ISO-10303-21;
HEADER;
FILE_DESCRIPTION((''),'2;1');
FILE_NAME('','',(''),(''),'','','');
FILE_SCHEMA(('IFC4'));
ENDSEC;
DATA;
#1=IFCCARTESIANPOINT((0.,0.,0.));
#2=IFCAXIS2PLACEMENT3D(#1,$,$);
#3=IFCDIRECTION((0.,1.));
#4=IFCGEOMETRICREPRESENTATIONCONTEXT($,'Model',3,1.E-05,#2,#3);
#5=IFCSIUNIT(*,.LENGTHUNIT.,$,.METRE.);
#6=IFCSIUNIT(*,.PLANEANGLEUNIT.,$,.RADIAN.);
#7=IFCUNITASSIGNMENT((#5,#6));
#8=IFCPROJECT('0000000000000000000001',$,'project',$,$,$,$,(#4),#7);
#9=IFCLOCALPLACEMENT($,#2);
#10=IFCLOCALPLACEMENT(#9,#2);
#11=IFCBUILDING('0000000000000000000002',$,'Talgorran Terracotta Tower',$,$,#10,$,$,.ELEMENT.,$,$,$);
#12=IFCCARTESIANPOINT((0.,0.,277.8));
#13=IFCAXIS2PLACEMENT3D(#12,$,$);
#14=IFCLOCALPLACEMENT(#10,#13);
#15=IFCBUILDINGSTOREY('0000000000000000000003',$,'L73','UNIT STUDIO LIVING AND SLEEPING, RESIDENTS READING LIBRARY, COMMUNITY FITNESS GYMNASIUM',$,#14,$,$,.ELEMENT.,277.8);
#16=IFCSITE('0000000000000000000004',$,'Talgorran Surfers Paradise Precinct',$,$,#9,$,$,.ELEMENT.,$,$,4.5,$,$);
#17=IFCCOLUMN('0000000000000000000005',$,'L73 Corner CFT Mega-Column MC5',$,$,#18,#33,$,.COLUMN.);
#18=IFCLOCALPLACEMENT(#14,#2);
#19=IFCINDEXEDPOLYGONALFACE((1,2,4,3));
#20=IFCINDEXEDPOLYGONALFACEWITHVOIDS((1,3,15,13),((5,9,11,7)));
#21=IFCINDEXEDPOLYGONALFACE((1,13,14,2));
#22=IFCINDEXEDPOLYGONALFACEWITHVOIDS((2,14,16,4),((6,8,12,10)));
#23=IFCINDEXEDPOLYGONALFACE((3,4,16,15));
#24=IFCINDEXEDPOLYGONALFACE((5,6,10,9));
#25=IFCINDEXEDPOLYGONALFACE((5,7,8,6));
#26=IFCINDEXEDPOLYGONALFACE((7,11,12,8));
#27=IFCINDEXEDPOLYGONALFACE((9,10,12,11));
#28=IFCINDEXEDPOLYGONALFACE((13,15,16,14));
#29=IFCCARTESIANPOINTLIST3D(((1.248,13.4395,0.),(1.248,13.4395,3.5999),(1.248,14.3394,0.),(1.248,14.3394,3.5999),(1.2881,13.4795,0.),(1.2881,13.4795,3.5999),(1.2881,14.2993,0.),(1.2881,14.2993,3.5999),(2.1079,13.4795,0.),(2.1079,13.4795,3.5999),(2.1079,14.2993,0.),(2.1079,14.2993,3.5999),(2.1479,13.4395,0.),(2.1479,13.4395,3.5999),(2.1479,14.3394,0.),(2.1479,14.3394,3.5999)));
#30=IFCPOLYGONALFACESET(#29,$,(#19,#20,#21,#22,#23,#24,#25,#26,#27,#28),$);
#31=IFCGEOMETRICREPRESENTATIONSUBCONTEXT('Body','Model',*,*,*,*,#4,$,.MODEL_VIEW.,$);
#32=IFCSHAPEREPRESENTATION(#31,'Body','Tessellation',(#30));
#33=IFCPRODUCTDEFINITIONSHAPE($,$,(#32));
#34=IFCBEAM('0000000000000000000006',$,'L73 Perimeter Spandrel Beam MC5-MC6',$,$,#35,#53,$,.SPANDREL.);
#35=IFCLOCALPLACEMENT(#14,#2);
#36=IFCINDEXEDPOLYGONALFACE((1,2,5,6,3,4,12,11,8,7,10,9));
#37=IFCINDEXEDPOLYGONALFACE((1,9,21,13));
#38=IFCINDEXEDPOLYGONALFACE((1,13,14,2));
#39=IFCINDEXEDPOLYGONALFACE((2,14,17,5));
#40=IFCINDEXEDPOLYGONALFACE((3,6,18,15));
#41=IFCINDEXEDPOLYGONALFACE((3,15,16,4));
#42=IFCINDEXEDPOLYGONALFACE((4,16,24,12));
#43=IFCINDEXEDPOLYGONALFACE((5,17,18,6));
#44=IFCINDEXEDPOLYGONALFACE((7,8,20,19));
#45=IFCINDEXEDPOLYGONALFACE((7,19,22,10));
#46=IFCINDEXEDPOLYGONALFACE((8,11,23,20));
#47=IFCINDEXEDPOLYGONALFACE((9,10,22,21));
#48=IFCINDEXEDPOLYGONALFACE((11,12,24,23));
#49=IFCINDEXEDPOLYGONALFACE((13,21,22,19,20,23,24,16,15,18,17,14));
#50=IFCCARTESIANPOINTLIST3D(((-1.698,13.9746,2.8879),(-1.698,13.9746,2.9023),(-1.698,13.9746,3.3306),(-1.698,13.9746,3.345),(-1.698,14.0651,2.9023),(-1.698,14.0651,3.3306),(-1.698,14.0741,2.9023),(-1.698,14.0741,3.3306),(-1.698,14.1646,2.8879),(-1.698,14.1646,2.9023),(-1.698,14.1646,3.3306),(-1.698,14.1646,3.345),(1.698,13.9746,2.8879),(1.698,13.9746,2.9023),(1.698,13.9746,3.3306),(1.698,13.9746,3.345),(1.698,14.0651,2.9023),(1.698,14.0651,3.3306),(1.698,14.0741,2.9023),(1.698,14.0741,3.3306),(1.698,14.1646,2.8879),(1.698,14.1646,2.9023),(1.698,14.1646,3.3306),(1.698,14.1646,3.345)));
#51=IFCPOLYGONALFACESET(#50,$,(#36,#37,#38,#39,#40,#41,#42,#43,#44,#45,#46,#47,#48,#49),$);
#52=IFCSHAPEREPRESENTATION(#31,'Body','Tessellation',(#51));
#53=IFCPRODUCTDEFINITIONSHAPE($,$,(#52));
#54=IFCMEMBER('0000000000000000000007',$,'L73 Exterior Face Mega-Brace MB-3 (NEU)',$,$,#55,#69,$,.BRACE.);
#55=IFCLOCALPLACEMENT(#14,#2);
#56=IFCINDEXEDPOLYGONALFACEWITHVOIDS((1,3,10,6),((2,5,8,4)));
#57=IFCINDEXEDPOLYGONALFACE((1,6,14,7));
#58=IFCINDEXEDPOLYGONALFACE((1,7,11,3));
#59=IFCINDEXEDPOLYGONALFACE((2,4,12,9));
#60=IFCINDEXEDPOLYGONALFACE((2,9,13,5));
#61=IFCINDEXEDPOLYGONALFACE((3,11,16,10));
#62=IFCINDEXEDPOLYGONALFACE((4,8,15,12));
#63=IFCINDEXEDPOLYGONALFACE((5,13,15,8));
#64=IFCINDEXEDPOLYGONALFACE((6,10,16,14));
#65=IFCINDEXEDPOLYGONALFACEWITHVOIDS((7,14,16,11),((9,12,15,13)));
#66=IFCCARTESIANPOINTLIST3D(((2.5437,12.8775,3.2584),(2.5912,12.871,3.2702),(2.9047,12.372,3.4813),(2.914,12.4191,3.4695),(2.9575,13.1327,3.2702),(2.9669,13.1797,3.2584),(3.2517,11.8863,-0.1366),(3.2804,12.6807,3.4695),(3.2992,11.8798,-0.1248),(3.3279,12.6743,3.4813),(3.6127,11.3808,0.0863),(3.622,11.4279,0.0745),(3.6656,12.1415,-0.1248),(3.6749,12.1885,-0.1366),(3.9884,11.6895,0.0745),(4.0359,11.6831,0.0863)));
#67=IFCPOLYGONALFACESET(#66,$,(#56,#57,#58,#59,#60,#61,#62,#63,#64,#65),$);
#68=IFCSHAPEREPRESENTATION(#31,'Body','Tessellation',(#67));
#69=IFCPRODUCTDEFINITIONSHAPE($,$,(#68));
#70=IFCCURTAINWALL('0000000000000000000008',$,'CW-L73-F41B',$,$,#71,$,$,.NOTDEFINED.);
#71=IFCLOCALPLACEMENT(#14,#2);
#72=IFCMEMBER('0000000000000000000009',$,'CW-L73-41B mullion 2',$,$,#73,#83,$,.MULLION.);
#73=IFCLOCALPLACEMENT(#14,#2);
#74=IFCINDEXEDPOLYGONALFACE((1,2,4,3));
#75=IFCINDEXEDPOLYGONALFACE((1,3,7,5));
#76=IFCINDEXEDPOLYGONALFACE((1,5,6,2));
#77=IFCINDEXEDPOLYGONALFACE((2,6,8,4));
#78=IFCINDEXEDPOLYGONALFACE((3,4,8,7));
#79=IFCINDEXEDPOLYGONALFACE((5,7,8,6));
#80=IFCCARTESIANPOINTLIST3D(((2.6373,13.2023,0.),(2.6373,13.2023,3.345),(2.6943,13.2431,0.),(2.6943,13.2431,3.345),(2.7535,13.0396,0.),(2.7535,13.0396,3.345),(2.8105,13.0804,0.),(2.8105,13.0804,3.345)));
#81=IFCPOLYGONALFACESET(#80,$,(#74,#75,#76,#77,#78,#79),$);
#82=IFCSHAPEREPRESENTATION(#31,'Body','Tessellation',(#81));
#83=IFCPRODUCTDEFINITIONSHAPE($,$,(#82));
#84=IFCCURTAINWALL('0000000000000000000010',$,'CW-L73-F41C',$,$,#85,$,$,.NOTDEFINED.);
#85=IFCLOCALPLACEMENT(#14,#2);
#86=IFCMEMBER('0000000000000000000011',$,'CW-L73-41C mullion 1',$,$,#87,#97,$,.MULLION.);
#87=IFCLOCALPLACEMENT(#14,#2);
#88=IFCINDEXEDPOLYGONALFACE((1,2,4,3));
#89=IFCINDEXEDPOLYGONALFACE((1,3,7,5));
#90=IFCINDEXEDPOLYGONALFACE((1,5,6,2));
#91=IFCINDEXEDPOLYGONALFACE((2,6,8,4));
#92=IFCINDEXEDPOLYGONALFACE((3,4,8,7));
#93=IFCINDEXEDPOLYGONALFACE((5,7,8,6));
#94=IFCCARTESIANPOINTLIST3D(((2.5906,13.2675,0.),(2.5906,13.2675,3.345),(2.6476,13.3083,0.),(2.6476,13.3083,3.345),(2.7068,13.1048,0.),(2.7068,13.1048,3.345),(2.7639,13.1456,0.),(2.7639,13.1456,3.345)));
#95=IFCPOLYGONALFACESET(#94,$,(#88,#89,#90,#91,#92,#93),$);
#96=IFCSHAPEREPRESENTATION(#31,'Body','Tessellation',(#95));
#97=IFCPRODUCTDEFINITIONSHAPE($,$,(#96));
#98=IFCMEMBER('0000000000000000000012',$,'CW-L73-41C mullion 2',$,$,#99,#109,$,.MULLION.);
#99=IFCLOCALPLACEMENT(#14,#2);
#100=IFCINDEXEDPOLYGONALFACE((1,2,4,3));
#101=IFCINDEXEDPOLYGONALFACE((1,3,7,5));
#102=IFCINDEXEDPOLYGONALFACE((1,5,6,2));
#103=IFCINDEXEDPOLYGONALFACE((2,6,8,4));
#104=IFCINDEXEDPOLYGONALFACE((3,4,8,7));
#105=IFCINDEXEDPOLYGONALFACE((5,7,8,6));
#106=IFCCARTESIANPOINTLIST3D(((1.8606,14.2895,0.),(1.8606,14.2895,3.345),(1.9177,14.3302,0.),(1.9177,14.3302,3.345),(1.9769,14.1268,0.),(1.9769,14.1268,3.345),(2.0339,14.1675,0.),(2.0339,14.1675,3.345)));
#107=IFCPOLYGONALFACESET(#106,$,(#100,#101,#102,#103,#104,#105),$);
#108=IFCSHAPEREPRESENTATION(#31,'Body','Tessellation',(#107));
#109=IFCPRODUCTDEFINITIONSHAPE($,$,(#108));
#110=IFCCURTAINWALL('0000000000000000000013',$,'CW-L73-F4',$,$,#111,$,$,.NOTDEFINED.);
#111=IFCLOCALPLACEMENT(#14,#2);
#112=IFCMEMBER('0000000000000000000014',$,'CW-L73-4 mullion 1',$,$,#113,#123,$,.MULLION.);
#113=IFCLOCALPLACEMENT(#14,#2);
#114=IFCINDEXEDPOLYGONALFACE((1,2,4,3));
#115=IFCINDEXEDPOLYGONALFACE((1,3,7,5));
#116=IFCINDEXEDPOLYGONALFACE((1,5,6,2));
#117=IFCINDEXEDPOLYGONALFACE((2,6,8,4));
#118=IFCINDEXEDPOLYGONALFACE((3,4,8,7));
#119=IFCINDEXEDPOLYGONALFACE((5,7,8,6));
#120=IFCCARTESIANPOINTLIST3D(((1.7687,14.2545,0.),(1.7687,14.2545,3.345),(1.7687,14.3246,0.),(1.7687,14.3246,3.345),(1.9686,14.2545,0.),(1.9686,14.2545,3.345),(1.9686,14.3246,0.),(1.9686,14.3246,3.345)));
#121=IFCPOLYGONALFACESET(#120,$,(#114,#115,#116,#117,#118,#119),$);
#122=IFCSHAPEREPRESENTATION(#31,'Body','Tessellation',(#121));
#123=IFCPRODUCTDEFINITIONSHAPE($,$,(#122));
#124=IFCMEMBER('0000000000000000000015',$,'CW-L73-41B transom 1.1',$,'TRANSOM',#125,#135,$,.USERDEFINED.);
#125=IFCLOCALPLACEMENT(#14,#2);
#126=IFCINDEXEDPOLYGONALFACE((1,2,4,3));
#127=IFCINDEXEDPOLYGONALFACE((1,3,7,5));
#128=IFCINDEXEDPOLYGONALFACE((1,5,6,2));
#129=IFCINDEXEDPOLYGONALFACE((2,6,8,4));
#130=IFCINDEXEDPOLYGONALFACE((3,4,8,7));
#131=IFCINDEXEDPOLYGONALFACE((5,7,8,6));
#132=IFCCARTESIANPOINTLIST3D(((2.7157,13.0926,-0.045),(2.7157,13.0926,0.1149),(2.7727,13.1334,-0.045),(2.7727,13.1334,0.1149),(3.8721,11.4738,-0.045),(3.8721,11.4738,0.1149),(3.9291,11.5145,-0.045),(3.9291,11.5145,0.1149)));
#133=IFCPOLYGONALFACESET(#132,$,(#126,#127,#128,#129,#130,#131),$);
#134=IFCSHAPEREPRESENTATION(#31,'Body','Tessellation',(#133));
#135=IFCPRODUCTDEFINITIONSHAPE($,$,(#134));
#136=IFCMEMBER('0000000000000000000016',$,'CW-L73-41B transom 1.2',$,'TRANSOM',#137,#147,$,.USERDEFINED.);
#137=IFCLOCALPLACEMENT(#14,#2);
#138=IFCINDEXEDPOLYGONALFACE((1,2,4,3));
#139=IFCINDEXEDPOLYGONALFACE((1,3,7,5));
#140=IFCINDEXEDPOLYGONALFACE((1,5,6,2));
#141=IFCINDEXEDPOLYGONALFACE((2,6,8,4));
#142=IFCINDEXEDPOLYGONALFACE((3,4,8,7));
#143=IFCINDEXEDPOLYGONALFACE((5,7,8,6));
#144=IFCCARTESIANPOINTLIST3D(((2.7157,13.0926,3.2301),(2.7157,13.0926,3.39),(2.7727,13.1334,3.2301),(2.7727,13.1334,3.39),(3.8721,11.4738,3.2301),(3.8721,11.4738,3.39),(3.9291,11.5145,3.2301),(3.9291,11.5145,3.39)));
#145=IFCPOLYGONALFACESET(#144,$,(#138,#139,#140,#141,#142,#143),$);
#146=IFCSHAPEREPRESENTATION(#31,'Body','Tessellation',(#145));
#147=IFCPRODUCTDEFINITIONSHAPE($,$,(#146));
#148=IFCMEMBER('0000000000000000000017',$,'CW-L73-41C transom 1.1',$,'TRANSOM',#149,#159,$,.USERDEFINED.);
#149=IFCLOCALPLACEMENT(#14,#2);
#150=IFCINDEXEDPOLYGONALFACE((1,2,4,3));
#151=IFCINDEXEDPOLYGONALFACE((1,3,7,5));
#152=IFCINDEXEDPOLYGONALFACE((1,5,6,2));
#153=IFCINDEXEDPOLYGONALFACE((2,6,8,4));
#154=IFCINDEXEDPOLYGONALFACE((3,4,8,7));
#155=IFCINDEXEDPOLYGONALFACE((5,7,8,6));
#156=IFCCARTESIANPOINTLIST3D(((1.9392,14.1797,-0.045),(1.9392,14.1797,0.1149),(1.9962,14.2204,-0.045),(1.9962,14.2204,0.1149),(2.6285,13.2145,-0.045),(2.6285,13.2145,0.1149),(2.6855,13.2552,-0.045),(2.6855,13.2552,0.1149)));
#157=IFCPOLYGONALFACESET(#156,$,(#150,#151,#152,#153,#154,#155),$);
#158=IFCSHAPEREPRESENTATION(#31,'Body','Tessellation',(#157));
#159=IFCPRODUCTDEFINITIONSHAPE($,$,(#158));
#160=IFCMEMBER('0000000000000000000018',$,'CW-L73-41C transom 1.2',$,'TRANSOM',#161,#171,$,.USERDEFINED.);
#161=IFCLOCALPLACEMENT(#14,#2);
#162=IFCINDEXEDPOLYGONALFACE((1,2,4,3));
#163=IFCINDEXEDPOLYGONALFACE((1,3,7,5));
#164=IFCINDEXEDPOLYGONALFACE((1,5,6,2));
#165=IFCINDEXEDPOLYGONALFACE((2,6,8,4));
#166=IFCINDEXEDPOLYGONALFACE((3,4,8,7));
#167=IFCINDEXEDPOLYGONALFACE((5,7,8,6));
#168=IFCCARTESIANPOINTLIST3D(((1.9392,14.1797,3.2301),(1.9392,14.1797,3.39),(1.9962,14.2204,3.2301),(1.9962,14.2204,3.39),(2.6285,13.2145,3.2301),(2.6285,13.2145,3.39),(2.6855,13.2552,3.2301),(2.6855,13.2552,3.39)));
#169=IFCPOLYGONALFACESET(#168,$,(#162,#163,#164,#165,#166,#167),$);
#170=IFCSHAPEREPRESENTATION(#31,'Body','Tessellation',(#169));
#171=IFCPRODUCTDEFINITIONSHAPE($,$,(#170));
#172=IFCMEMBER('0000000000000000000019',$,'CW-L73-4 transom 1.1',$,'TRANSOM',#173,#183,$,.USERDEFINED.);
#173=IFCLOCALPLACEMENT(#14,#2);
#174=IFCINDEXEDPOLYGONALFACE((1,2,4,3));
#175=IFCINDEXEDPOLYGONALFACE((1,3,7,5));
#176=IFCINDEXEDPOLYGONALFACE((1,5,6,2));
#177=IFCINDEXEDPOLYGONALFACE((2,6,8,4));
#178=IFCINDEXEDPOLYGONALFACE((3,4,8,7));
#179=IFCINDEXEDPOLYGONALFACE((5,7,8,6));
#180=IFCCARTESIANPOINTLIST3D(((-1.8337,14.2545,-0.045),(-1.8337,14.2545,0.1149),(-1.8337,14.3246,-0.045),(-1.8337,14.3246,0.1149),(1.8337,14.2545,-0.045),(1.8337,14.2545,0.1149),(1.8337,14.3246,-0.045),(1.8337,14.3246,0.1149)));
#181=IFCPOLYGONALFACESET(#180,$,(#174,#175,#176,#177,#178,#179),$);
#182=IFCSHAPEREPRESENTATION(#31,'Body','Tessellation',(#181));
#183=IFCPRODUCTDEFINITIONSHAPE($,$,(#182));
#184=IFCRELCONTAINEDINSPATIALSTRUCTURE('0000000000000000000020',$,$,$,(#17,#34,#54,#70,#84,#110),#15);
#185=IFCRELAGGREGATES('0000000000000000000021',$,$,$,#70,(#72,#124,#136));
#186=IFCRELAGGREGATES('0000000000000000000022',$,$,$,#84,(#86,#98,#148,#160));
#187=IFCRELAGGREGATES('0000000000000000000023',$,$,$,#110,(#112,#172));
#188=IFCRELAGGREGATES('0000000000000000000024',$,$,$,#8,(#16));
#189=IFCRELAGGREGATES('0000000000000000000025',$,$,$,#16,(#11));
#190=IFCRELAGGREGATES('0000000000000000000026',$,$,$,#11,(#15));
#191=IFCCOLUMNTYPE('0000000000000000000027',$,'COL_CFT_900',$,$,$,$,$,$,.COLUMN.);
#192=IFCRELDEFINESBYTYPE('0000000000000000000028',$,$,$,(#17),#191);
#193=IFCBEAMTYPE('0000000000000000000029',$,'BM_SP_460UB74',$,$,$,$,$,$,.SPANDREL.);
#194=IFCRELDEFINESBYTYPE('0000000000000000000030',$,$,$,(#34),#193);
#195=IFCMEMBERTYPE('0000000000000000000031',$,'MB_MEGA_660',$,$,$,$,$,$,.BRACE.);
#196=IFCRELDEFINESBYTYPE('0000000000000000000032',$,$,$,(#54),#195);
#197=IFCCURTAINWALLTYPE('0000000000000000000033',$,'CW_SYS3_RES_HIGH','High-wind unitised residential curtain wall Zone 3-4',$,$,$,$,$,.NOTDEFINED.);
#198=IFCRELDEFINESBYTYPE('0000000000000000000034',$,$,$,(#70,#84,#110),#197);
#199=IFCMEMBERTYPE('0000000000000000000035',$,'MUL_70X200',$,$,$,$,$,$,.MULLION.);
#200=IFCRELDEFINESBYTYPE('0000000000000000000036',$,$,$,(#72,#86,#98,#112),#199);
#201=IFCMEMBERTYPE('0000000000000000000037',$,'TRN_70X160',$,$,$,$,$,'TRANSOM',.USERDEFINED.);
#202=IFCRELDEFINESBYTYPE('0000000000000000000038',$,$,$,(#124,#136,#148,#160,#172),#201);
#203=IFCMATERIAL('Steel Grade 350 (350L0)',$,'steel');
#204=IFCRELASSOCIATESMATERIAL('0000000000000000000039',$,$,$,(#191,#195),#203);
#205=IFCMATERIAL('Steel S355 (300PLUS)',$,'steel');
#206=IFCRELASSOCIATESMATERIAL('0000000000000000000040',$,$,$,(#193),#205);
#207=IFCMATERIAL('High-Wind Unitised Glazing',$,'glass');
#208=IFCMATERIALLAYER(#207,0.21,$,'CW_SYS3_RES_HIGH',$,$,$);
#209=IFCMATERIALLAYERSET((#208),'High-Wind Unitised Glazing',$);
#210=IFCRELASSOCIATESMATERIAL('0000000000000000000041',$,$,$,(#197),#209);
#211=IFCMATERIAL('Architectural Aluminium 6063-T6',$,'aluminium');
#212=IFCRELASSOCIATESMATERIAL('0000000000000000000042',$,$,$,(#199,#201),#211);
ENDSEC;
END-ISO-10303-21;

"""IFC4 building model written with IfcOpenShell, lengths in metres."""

from ifc_helpers import new_model, si_unit, direction, frame, origin, origin_2d, place, context, subcontext, project, spatial, rectangle, hollow_rectangle, i_section, extrude, material, layer, layer_set, material_profile, profile_set, type_object, element, aggregate, save


model = new_model("IFC4")

# Units and contexts
model_context = context("Model", 3, precision=1e-05, world=origin(), true_north=direction((0.0, 1.0)))
body_context = subcontext(model_context, "Body", "Model", "MODEL_VIEW")
ifc_project = project(units=[si_unit("LENGTHUNIT", "METRE"), si_unit("PLANEANGLEUNIT", "RADIAN")], contexts=[model_context])

# Site, building, storey
site_placement = place(None, origin())
site = spatial("IfcSite", under=ifc_project, at=site_placement, Name="Talgorran Surfers Paradise Precinct", CompositionType="ELEMENT", RefElevation=4.5)
building_placement = place(site_placement, origin())
building = spatial("IfcBuilding", under=site, at=building_placement, Name="Talgorran Terracotta Tower", CompositionType="ELEMENT")
storey_placement = place(building_placement, frame((0.0, 0.0, 277.8)))
storey = spatial("IfcBuildingStorey", under=building, at=storey_placement, Name="L73", Description="UNIT STUDIO LIVING AND SLEEPING, RESIDENTS READING LIBRARY, COMMUNITY FITNESS GYMNASIUM", CompositionType="ELEMENT", Elevation=277.8)

# Column
ifc_material_1 = material(Name="Steel Grade 350 (350L0)", Category="steel")
ifc_material_profile_1 = material_profile(ifc_material_1, hollow_rectangle(XDim=0.8999, YDim=0.8999, WallThickness=0.04, at=origin_2d()), Name="CFT900X900X40")
ifc_profile_set_1 = profile_set([ifc_material_profile_1], Name="Steel Grade 350 (350L0)")
column_type = type_object("IfcColumnType", Name="COL_CFT_900", PredefinedType="COLUMN", material=ifc_profile_set_1)
column_placement = place(storey_placement, frame((1.698, 13.8894, 0.0), z_axis=(0.0, 0.0, 1.0), x_axis=(1.0, 0.0, 0.0)))
element("IfcColumn", 1, at=column_placement, inside=storey, type_object=column_type, Name="L73 Corner CFT Mega-Column MC5", PredefinedType="COLUMN", context=body_context, shape_type="SweptSolid", body=[
    extrude(hollow_rectangle(XDim=0.8999, YDim=0.8999, WallThickness=0.04, at=origin_2d()), origin(), (0.0, 0.0, 1.0), 3.5999),
])

# Beam
ifc_material_2 = material(Name="Steel S355 (300PLUS)", Category="steel")
ifc_material_profile_2 = material_profile(ifc_material_2, i_section(OverallWidth=0.1899, OverallDepth=0.457, WebThickness=0.009, FlangeThickness=0.0144, at=origin_2d()), Name="460UB74.6")
ifc_profile_set_2 = profile_set([ifc_material_profile_2], Name="Steel S355 (300PLUS)")
beam_type = type_object("IfcBeamType", Name="BM_SP_460UB74", PredefinedType="SPANDREL", material=ifc_profile_set_2)
beam_placement = place(storey_placement, frame((1.698, 14.0696, 3.1165), z_axis=(-1.0, 0.0, 0.0), x_axis=(0.0, -1.0, 0.0)))
element("IfcBeam", 2, at=beam_placement, inside=storey, type_object=beam_type, Name="L73 Perimeter Spandrel Beam MC5-MC6", PredefinedType="SPANDREL", context=body_context, shape_type="SweptSolid", body=[
    extrude(i_section(OverallWidth=0.1899, OverallDepth=0.457, WebThickness=0.009, FlangeThickness=0.0144, at=origin_2d()), origin(), (0.0, 0.0, 1.0), 3.396),
])

# Member
ifc_material_profile_3 = material_profile(ifc_material_1, hollow_rectangle(XDim=0.52, YDim=0.6599, WallThickness=0.0349, at=origin_2d()), Name="WBOX660X520X35")
ifc_profile_set_3 = profile_set([ifc_material_profile_3], Name="Steel Grade 350 (350L0)")
member_type_1 = type_object("IfcMemberType", Name="MB_MEGA_660", PredefinedType="BRACE", material=ifc_profile_set_3)
member_1_placement = place(storey_placement, frame((3.6438, 11.7847, -0.0251), z_axis=(-0.196291, 0.274807, 0.94125), x_axis=(-0.813733, -0.581238, 0.0)))
element("IfcMember", 3, at=member_1_placement, inside=storey, type_object=member_type_1, Name="L73 Exterior Face Mega-Brace MB-3 (NEU)", PredefinedType="BRACE", context=body_context, shape_type="SweptSolid", body=[
    extrude(hollow_rectangle(XDim=0.52, YDim=0.6599, WallThickness=0.0349, at=origin_2d()), origin(), (0.0, 0.0, 1.0), 3.6069),
])

# Curtain wall, member
ifc_material_3 = material(Name="High-Wind Unitised Glazing", Category="glass")
ifc_layer_1 = layer(ifc_material_3, 0.21, Name="CW_SYS3_RES_HIGH")
ifc_layer_set_1 = layer_set([ifc_layer_1], Name="High-Wind Unitised Glazing")
curtain_wall_type = type_object("IfcCurtainWallType", Name="CW_SYS3_RES_HIGH", Description="High-wind unitised residential curtain wall Zone 3-4", PredefinedType="NOTDEFINED", material=ifc_layer_set_1)
curtain_wall_1_placement = place(storey_placement, origin())
curtain_wall_1 = element("IfcCurtainWall", 4, at=curtain_wall_1_placement, inside=storey, type_object=curtain_wall_type, Name="CW-L73-F41B", PredefinedType="NOTDEFINED")
ifc_material_4 = material(Name="Architectural Aluminium 6063-T6", Category="aluminium")
ifc_material_profile_4 = material_profile(ifc_material_4, rectangle(XDim=0.0701, YDim=0.2, at=origin_2d()), Name="CWM70X200")
ifc_profile_set_4 = profile_set([ifc_material_profile_4], Name="Architectural Aluminium 6063-T6")
member_type_2 = type_object("IfcMemberType", Name="MUL_70X200", PredefinedType="MULLION", material=ifc_profile_set_4)
member_2_placement = place(storey_placement, frame((2.7239, 13.1414, 0.0), z_axis=(0.0, 0.0, 1.0), x_axis=(-0.813714, -0.581265, 0.0)))
member_2 = element("IfcMember", 5, at=member_2_placement, type_object=member_type_2, Name="CW-L73-41B mullion 2", PredefinedType="MULLION", context=body_context, shape_type="SweptSolid", body=[
    extrude(rectangle(XDim=0.0701, YDim=0.2, at=origin_2d()), origin(), (0.0, 0.0, 1.0), 3.345),
])

# Curtain wall, members
curtain_wall_2_placement = place(storey_placement, origin())
curtain_wall_2 = element("IfcCurtainWall", 6, at=curtain_wall_2_placement, inside=storey, type_object=curtain_wall_type, Name="CW-L73-F41C", PredefinedType="NOTDEFINED")
member_3_placement = place(storey_placement, frame((2.6772, 13.2065, 0.0), z_axis=(0.0, 0.0, 1.0), x_axis=(-0.813739, -0.581231, 0.0)))
member_3 = element("IfcMember", 7, at=member_3_placement, type_object=member_type_2, Name="CW-L73-41C mullion 1", PredefinedType="MULLION", context=body_context, shape_type="SweptSolid", body=[
    extrude(rectangle(XDim=0.0701, YDim=0.2, at=origin_2d()), origin(), (0.0, 0.0, 1.0), 3.345),
])
member_4_placement = place(storey_placement, frame((1.9473, 14.2285, 0.0), z_axis=(0.0, 0.0, 1.0), x_axis=(-0.813739, -0.581231, 0.0)))
member_4 = element("IfcMember", 8, at=member_4_placement, type_object=member_type_2, Name="CW-L73-41C mullion 2", PredefinedType="MULLION", context=body_context, shape_type="SweptSolid", body=[
    extrude(rectangle(XDim=0.0701, YDim=0.2, at=origin_2d()), origin(), (0.0, 0.0, 1.0), 3.345),
])

# Curtain wall, member
curtain_wall_3_placement = place(storey_placement, origin())
curtain_wall_3 = element("IfcCurtainWall", 9, at=curtain_wall_3_placement, inside=storey, type_object=curtain_wall_type, Name="CW-L73-F4", PredefinedType="NOTDEFINED")
member_5_placement = place(storey_placement, frame((1.8687, 14.2896, 0.0), z_axis=(0.0, 0.0, 1.0), x_axis=(0.0, -1.0, 0.0)))
member_5 = element("IfcMember", 10, at=member_5_placement, type_object=member_type_2, Name="CW-L73-4 mullion 1", PredefinedType="MULLION", context=body_context, shape_type="SweptSolid", body=[
    extrude(rectangle(XDim=0.0701, YDim=0.2, at=origin_2d()), origin(), (0.0, 0.0, 1.0), 3.345),
])

# Members
ifc_material_profile_5 = material_profile(ifc_material_4, rectangle(XDim=0.0701, YDim=0.1599, at=origin_2d()), Name="CWT70X160")
ifc_profile_set_5 = profile_set([ifc_material_profile_5], Name="Architectural Aluminium 6063-T6")
member_type_3 = type_object("IfcMemberType", Name="TRN_70X160", ElementType="TRANSOM", PredefinedType="USERDEFINED", material=ifc_profile_set_5)
member_6_placement = place(storey_placement, frame((3.9006, 11.4941, 0.0349), z_axis=(-0.581285, 0.8137, 0.0), x_axis=(-0.8137, -0.581285, 0.0)))
member_6 = element("IfcMember", 11, at=member_6_placement, type_object=member_type_3, Name="CW-L73-41B transom 1.1", ObjectType="TRANSOM", PredefinedType="USERDEFINED", context=body_context, shape_type="SweptSolid", body=[
    extrude(rectangle(XDim=0.0701, YDim=0.1599, at=origin_2d()), origin(), (0.0, 0.0, 1.0), 1.9895),
])
member_7_placement = place(storey_placement, frame((3.9006, 11.4941, 3.3101), z_axis=(-0.581285, 0.8137, 0.0), x_axis=(-0.8137, -0.581285, 0.0)))
member_7 = element("IfcMember", 12, at=member_7_placement, type_object=member_type_3, Name="CW-L73-41B transom 1.2", ObjectType="TRANSOM", PredefinedType="USERDEFINED", context=body_context, shape_type="SweptSolid", body=[
    extrude(rectangle(XDim=0.0701, YDim=0.1599, at=origin_2d()), origin(), (0.0, 0.0, 1.0), 1.9895),
])
member_8_placement = place(storey_placement, frame((2.657, 13.2349, 0.0349), z_axis=(-0.58116, 0.813789, 0.0), x_axis=(-0.813789, -0.58116, 0.0)))
member_8 = element("IfcMember", 13, at=member_8_placement, type_object=member_type_3, Name="CW-L73-41C transom 1.1", ObjectType="TRANSOM", PredefinedType="USERDEFINED", context=body_context, shape_type="SweptSolid", body=[
    extrude(rectangle(XDim=0.0701, YDim=0.1599, at=origin_2d()), origin(), (0.0, 0.0, 1.0), 1.186),
])
member_9_placement = place(storey_placement, frame((2.657, 13.2349, 3.3101), z_axis=(-0.58116, 0.813789, 0.0), x_axis=(-0.813789, -0.58116, 0.0)))
member_9 = element("IfcMember", 14, at=member_9_placement, type_object=member_type_3, Name="CW-L73-41C transom 1.2", ObjectType="TRANSOM", PredefinedType="USERDEFINED", context=body_context, shape_type="SweptSolid", body=[
    extrude(rectangle(XDim=0.0701, YDim=0.1599, at=origin_2d()), origin(), (0.0, 0.0, 1.0), 1.186),
])
member_10_placement = place(storey_placement, frame((1.8337, 14.2896, 0.0349), z_axis=(-1.0, 0.0, 0.0), x_axis=(0.0, -1.0, 0.0)))
member_10 = element("IfcMember", 15, at=member_10_placement, type_object=member_type_3, Name="CW-L73-4 transom 1.1", ObjectType="TRANSOM", PredefinedType="USERDEFINED", context=body_context, shape_type="SweptSolid", body=[
    extrude(rectangle(XDim=0.0701, YDim=0.1599, at=origin_2d()), origin(), (0.0, 0.0, 1.0), 3.6675),
])

aggregate(curtain_wall_1, [member_2, member_6, member_7])
aggregate(curtain_wall_2, [member_3, member_4, member_8, member_9])
aggregate(curtain_wall_3, [member_5, member_10])

save(model, "model.ifc")
